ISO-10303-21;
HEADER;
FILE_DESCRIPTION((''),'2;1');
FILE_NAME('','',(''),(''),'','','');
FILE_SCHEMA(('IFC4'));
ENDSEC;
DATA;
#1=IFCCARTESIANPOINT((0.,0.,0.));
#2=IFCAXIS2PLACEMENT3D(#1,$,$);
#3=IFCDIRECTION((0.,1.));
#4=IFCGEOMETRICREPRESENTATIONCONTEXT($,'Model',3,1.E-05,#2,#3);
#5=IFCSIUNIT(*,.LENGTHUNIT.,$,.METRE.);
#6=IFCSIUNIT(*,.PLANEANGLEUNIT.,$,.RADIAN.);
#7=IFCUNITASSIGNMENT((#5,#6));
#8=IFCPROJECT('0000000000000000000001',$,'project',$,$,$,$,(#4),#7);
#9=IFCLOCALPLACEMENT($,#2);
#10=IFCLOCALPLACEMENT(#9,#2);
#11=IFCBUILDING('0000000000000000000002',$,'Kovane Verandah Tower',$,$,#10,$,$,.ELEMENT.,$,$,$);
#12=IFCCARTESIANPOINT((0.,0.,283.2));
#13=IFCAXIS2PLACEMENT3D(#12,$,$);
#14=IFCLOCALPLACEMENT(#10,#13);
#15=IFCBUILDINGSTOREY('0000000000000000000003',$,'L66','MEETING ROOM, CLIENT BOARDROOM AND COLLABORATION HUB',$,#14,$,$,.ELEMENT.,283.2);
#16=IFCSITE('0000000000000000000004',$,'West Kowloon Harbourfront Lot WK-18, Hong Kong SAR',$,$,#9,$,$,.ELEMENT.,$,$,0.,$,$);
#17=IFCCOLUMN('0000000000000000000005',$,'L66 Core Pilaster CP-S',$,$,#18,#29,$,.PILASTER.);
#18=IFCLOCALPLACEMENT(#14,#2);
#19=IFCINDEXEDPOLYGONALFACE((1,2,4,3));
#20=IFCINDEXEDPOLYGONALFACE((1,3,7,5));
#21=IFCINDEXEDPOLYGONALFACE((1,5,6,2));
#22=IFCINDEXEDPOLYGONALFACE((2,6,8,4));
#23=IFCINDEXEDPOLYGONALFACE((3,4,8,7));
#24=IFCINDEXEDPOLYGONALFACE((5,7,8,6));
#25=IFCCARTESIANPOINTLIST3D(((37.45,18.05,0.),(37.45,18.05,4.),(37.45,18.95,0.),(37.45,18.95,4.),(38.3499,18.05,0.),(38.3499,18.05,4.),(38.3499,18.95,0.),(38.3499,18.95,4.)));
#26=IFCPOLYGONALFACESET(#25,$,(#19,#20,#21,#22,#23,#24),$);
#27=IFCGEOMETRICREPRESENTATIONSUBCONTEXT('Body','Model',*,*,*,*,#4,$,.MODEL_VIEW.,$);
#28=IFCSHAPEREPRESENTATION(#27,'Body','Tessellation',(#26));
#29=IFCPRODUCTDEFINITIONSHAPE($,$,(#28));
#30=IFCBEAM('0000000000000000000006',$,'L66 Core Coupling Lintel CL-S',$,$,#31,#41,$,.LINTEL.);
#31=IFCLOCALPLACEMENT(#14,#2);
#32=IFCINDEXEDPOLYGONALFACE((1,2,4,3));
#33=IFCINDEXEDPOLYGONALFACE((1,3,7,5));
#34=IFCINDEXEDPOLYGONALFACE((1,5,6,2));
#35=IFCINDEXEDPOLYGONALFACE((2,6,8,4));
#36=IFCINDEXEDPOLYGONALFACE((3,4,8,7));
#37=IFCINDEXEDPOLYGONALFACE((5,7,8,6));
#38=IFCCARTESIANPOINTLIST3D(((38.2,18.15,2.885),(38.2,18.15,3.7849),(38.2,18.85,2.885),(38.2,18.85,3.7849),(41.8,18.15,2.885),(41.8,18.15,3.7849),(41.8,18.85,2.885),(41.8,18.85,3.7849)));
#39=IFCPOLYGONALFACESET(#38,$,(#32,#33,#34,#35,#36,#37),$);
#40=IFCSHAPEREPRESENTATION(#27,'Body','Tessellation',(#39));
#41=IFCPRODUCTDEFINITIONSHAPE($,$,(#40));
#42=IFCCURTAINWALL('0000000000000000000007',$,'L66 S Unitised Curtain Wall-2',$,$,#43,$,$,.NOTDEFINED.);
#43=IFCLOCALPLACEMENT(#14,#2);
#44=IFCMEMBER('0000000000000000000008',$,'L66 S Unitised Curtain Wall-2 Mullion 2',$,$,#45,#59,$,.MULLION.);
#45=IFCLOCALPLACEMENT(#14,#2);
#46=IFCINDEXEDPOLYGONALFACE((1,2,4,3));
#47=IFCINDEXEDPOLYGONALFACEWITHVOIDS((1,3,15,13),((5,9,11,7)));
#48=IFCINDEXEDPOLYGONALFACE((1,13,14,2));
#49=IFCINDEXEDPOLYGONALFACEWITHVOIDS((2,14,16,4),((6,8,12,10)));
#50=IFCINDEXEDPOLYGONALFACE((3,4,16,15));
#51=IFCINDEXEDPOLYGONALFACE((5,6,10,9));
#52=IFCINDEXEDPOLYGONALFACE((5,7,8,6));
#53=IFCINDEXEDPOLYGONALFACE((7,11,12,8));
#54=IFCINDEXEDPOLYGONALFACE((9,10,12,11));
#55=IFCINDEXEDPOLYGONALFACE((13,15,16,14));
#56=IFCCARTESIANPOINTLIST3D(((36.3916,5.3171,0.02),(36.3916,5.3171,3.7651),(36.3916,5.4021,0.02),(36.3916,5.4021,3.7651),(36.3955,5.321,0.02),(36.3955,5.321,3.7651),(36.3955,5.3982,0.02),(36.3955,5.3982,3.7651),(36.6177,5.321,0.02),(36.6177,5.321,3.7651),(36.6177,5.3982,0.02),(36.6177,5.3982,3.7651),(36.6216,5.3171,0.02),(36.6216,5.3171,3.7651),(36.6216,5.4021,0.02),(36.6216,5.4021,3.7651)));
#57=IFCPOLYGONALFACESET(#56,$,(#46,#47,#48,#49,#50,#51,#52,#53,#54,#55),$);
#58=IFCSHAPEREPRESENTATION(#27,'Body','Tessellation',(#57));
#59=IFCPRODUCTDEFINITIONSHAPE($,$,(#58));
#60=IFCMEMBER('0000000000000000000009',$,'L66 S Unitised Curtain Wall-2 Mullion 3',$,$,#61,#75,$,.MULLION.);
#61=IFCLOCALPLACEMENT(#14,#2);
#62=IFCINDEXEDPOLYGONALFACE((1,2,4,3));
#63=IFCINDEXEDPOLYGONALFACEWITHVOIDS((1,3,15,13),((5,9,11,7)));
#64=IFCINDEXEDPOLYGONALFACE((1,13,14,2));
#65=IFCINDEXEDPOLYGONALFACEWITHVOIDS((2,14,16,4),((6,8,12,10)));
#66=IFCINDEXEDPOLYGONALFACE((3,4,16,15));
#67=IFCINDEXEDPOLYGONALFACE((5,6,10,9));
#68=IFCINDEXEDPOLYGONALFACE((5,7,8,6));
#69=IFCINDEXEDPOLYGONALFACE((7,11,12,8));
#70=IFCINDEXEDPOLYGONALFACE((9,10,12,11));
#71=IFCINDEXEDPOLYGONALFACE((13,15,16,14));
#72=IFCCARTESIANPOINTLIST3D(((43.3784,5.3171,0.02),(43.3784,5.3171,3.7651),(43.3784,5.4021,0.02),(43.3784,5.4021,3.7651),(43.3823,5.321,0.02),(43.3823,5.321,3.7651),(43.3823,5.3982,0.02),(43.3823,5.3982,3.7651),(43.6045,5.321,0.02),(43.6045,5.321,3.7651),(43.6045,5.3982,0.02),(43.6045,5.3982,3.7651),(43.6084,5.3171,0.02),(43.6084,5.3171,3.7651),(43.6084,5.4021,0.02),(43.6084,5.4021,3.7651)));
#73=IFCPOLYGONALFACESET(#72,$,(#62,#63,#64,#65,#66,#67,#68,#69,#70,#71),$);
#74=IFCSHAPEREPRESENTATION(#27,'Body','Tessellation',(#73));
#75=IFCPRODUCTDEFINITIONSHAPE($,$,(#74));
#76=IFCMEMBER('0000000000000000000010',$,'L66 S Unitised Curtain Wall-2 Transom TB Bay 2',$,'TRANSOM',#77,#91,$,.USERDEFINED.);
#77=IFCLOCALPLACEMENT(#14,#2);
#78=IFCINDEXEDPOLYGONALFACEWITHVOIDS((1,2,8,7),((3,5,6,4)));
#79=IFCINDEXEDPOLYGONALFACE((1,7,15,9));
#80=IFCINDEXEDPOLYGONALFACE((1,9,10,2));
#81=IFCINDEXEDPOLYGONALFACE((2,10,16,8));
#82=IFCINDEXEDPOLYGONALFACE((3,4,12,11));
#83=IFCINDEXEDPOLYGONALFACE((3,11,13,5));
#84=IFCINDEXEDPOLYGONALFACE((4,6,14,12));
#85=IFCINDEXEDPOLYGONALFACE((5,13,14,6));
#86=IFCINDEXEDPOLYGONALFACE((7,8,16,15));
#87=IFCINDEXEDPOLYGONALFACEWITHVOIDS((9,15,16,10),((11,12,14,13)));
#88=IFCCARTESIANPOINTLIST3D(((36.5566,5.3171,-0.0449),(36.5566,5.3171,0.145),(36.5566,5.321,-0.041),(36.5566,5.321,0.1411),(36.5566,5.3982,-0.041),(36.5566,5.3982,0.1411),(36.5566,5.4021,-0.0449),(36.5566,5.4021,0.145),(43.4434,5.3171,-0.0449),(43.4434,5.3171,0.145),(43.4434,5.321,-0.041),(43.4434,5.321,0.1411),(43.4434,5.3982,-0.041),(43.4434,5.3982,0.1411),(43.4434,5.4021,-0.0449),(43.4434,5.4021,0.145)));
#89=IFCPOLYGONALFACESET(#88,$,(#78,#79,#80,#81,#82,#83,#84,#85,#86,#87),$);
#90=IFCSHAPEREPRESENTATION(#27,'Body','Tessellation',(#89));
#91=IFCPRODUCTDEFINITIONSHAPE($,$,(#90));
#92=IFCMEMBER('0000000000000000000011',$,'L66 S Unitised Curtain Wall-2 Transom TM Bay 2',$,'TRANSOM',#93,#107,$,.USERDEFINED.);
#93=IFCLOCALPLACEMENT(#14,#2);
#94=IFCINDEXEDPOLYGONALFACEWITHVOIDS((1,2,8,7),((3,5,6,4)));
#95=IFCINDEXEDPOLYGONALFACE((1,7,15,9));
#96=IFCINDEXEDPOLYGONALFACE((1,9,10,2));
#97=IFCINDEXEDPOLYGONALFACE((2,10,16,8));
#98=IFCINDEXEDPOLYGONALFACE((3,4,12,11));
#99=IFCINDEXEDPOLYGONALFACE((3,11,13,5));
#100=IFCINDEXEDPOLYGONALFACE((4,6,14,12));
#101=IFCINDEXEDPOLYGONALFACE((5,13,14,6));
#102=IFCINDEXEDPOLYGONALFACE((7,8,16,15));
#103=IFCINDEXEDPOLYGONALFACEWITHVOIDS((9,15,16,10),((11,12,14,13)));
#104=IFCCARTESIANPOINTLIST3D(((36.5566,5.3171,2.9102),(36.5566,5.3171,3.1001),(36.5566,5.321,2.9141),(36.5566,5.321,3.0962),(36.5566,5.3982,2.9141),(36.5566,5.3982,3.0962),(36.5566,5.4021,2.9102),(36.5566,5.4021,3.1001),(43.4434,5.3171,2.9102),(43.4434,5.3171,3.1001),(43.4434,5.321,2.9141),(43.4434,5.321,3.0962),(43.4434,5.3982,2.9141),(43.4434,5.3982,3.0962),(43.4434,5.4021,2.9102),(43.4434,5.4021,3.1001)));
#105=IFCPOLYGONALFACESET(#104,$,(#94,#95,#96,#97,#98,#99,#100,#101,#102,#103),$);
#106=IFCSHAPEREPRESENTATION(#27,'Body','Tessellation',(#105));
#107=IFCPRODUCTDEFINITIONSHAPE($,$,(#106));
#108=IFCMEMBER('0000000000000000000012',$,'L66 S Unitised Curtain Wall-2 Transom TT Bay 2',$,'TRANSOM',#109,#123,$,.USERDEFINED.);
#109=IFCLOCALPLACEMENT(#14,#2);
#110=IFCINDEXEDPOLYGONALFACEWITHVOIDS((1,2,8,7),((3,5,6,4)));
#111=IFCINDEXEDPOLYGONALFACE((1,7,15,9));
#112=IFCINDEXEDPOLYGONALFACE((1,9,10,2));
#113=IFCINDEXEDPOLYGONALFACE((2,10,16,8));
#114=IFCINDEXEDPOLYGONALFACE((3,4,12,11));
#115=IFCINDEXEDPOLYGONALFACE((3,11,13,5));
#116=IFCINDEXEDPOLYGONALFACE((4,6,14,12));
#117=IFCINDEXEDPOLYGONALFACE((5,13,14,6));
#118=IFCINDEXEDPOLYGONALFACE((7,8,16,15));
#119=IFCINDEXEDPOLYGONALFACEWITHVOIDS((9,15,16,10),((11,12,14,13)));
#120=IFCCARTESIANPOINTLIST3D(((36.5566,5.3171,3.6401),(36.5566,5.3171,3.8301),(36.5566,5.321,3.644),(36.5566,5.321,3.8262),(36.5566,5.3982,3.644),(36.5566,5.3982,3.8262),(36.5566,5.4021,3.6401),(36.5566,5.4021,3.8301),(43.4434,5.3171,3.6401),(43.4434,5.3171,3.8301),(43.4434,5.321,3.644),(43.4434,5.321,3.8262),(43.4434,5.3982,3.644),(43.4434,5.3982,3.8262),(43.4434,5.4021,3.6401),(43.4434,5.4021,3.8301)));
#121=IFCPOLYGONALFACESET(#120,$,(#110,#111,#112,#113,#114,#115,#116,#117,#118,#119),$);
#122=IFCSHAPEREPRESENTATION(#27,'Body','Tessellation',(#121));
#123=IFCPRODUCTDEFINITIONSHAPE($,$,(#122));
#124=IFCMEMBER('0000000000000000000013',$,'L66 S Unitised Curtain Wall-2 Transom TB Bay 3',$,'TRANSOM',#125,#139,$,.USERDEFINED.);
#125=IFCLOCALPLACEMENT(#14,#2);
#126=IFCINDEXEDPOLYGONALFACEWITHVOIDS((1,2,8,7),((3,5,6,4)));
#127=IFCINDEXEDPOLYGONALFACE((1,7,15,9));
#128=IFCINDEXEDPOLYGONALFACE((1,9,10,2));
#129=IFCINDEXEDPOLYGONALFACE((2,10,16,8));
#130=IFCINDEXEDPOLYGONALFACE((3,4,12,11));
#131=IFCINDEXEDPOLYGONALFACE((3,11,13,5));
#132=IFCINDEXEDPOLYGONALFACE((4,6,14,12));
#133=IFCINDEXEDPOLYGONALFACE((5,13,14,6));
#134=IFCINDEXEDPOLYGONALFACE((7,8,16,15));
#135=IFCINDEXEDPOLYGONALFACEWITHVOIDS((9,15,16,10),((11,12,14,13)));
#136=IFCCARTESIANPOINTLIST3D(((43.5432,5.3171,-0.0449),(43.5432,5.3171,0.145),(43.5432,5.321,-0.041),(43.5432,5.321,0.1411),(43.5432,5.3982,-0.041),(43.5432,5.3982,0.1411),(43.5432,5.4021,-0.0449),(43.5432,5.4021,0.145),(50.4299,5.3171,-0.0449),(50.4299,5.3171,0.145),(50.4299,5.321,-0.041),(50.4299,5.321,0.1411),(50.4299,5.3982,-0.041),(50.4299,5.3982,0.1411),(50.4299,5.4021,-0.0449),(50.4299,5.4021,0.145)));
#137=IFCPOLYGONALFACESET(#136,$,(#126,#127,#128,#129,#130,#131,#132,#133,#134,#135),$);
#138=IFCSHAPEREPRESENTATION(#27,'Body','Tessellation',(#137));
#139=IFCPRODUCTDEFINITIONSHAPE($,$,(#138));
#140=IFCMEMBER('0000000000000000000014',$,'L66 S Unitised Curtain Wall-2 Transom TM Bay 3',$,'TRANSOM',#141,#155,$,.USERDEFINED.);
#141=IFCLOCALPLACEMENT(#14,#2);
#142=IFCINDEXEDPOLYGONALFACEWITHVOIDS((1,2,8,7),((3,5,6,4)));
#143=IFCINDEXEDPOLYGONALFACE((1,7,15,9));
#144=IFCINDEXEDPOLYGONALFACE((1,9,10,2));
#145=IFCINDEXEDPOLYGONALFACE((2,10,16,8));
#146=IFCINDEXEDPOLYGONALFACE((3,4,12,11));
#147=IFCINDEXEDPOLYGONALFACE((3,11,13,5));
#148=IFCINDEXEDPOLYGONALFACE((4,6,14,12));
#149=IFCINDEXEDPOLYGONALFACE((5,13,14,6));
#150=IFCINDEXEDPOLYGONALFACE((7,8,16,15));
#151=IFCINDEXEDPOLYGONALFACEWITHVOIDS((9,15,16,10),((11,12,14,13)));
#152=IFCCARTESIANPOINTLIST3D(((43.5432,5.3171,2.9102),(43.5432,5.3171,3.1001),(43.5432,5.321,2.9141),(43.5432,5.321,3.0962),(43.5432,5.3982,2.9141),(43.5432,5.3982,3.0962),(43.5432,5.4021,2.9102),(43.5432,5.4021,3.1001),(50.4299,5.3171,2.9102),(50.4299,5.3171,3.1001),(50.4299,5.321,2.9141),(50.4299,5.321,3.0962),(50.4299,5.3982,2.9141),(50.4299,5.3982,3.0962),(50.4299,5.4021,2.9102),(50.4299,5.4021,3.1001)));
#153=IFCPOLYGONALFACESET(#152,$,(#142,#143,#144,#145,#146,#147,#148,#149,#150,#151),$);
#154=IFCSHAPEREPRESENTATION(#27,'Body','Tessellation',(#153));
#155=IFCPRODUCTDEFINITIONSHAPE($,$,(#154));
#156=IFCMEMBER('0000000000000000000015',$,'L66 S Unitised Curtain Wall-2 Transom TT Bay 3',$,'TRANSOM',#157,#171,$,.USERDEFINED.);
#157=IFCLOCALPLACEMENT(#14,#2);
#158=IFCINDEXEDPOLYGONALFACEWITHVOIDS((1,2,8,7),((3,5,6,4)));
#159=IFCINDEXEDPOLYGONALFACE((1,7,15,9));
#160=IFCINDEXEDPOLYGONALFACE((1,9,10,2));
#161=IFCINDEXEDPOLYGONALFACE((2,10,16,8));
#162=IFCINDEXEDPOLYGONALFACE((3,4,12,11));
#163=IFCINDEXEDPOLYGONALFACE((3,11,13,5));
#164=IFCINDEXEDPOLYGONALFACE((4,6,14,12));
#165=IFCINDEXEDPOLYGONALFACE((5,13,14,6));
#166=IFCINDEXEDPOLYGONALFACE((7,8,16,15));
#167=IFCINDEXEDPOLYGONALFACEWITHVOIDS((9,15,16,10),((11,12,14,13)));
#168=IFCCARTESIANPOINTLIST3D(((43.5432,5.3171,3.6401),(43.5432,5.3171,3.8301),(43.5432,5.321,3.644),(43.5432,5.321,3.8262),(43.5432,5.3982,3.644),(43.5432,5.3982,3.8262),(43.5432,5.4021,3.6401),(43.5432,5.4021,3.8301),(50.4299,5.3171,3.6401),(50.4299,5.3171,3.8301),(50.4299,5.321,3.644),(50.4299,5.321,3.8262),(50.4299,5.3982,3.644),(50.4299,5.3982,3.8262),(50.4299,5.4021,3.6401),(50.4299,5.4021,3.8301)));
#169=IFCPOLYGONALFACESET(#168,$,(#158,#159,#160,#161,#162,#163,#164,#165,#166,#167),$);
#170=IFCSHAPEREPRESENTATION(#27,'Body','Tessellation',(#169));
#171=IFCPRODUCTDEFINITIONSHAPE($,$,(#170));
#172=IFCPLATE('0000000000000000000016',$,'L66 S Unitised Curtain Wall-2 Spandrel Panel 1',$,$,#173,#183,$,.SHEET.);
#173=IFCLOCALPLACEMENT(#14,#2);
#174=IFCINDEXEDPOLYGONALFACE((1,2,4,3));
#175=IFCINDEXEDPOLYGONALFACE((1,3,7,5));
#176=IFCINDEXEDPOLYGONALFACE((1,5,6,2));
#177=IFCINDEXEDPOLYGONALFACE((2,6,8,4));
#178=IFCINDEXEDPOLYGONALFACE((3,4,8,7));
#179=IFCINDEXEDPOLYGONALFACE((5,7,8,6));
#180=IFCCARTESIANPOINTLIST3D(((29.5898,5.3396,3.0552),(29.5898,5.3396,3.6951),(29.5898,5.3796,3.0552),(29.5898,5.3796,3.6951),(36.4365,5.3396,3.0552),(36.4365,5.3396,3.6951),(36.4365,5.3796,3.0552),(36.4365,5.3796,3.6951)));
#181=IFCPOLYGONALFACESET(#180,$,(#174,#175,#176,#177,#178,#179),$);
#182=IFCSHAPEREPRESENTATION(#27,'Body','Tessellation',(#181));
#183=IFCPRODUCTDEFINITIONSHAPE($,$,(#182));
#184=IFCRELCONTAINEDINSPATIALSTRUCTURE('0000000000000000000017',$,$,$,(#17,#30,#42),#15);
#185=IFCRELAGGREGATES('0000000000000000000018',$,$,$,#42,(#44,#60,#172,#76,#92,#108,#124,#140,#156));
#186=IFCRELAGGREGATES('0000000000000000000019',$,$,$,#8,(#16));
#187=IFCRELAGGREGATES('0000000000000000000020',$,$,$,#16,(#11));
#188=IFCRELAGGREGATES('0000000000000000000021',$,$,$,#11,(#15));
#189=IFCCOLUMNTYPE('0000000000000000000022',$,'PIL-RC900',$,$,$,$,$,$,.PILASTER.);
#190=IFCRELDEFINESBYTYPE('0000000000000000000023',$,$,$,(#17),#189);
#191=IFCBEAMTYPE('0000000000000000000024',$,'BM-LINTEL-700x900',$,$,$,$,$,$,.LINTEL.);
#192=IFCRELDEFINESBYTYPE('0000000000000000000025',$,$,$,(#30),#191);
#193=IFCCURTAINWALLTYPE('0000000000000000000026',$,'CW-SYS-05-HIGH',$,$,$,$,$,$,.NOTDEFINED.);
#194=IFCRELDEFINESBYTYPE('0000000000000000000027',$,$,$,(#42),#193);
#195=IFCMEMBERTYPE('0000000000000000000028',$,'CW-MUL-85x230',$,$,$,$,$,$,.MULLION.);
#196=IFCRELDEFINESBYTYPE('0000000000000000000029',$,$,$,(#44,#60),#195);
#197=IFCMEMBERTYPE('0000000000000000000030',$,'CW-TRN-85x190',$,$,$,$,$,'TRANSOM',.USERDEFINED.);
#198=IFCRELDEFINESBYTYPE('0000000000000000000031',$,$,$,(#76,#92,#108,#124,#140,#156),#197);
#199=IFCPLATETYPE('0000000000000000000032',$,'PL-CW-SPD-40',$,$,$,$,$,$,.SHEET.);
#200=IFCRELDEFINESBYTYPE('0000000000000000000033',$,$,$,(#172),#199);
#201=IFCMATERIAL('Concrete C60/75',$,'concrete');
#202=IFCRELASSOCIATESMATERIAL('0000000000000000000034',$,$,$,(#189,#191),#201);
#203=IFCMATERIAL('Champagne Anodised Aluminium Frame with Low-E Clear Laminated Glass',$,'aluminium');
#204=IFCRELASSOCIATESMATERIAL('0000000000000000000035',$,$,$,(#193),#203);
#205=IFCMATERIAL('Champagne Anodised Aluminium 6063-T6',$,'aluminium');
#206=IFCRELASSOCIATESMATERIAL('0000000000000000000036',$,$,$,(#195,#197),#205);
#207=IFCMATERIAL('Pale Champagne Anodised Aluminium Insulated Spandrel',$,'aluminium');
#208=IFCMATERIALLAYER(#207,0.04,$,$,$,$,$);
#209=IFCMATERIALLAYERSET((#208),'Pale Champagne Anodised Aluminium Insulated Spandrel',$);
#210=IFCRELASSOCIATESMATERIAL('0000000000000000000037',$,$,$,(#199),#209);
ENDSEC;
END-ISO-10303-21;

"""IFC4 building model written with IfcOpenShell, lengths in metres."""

from ifc_helpers import new_model, si_unit, direction, frame, origin, origin_2d, place, context, subcontext, project, spatial, rectangle, hollow_rectangle, extrude, material, layer, layer_set, material_profile, profile_set, type_object, element, aggregate, save


model = new_model("IFC4")

# Units and contexts
model_context = context("Model", 3, precision=1e-05, world=origin(), true_north=direction((0.0, 1.0)))
body_context = subcontext(model_context, "Body", "Model", "MODEL_VIEW")
ifc_project = project(units=[si_unit("LENGTHUNIT", "METRE"), si_unit("PLANEANGLEUNIT", "RADIAN")], contexts=[model_context])

# Site, building, storey
site_placement = place(None, origin())
site = spatial("IfcSite", under=ifc_project, at=site_placement, Name="West Kowloon Harbourfront Lot WK-18, Hong Kong SAR", CompositionType="ELEMENT", RefElevation=0.0)
building_placement = place(site_placement, origin())
building = spatial("IfcBuilding", under=site, at=building_placement, Name="Kovane Verandah Tower", CompositionType="ELEMENT")
storey_placement = place(building_placement, frame((0.0, 0.0, 283.2)))
storey = spatial("IfcBuildingStorey", under=building, at=storey_placement, Name="L66", Description="MEETING ROOM, CLIENT BOARDROOM AND COLLABORATION HUB", CompositionType="ELEMENT", Elevation=283.2)

# Column
ifc_material_1 = material(Name="Concrete C60/75", Category="concrete")
ifc_material_profile_1 = material_profile(ifc_material_1, rectangle(XDim=0.8999, YDim=0.8999, at=origin_2d()), Name="RC900x900")
ifc_profile_set_1 = profile_set([ifc_material_profile_1], Name="Concrete C60/75")
column_type = type_object("IfcColumnType", Name="PIL-RC900", PredefinedType="PILASTER", material=ifc_profile_set_1)
column_placement = place(storey_placement, frame((37.8999, 18.5, 0.0), z_axis=(0.0, 0.0, 1.0), x_axis=(1.0, 0.0, 0.0)))
element("IfcColumn", 1, at=column_placement, inside=storey, type_object=column_type, Name="L66 Core Pilaster CP-S", PredefinedType="PILASTER", context=body_context, shape_type="SweptSolid", body=[
    extrude(rectangle(XDim=0.8999, YDim=0.8999, at=origin_2d()), origin(), (0.0, 0.0, 1.0), 4.0),
])

# Beam
ifc_material_profile_2 = material_profile(ifc_material_1, rectangle(XDim=0.7, YDim=0.8999, at=origin_2d()), Name="RCB700x900")
ifc_profile_set_2 = profile_set([ifc_material_profile_2], Name="Concrete C60/75")
beam_type = type_object("IfcBeamType", Name="BM-LINTEL-700x900", PredefinedType="LINTEL", material=ifc_profile_set_2)
beam_placement = place(storey_placement, frame((38.2, 18.5, 3.335), z_axis=(1.0, 0.0, 0.0), x_axis=(0.0, 1.0, 0.0)))
element("IfcBeam", 2, at=beam_placement, inside=storey, type_object=beam_type, Name="L66 Core Coupling Lintel CL-S", PredefinedType="LINTEL", context=body_context, shape_type="SweptSolid", body=[
    extrude(rectangle(XDim=0.7, YDim=0.8999, at=origin_2d()), origin(), (0.0, 0.0, 1.0), 3.6001),
])

# Curtain wall, members, plate
ifc_material_2 = material(Name="Champagne Anodised Aluminium Frame with Low-E Clear Laminated Glass", Category="aluminium")
curtain_wall_type = type_object("IfcCurtainWallType", Name="CW-SYS-05-HIGH", PredefinedType="NOTDEFINED", material=ifc_material_2)
curtain_wall_placement = place(storey_placement, origin())
curtain_wall = element("IfcCurtainWall", 3, at=curtain_wall_placement, inside=storey, type_object=curtain_wall_type, Name="L66 S Unitised Curtain Wall-2", PredefinedType="NOTDEFINED")
ifc_material_3 = material(Name="Champagne Anodised Aluminium 6063-T6", Category="aluminium")
ifc_material_profile_3 = material_profile(ifc_material_3, hollow_rectangle(XDim=0.085, YDim=0.23, WallThickness=0.0039, at=origin_2d()), Name="AL85x230x4")
ifc_profile_set_3 = profile_set([ifc_material_profile_3], Name="Champagne Anodised Aluminium 6063-T6")
member_type_1 = type_object("IfcMemberType", Name="CW-MUL-85x230", PredefinedType="MULLION", material=ifc_profile_set_3)
member_1_placement = place(storey_placement, frame((36.5066, 5.3596, 0.02), z_axis=(0.0, 0.0, 1.0), x_axis=(0.0, -1.0, 0.0)))
member_1 = element("IfcMember", 4, at=member_1_placement, type_object=member_type_1, Name="L66 S Unitised Curtain Wall-2 Mullion 2", PredefinedType="MULLION", context=body_context, shape_type="SweptSolid", body=[
    extrude(hollow_rectangle(XDim=0.085, YDim=0.23, WallThickness=0.0039, at=origin_2d()), origin(), (0.0, 0.0, 1.0), 3.7451),
])
member_2_placement = place(storey_placement, frame((43.4934, 5.3596, 0.02), z_axis=(0.0, 0.0, 1.0), x_axis=(0.0, -1.0, 0.0)))
member_2 = element("IfcMember", 5, at=member_2_placement, type_object=member_type_1, Name="L66 S Unitised Curtain Wall-2 Mullion 3", PredefinedType="MULLION", context=body_context, shape_type="SweptSolid", body=[
    extrude(hollow_rectangle(XDim=0.085, YDim=0.23, WallThickness=0.0039, at=origin_2d()), origin(), (0.0, 0.0, 1.0), 3.7451),
])
ifc_material_profile_4 = material_profile(ifc_material_3, hollow_rectangle(XDim=0.085, YDim=0.1899, WallThickness=0.0039, at=origin_2d()), Name="AL85x190x4")
ifc_profile_set_4 = profile_set([ifc_material_profile_4], Name="Champagne Anodised Aluminium 6063-T6")
member_type_2 = type_object("IfcMemberType", Name="CW-TRN-85x190", ElementType="TRANSOM", PredefinedType="USERDEFINED", material=ifc_profile_set_4)
member_3_placement = place(storey_placement, frame((36.5566, 5.3596, 0.05), z_axis=(1.0, 0.0, 0.0), x_axis=(0.0, 1.0, 0.0)))
member_3 = element("IfcMember", 6, at=member_3_placement, type_object=member_type_2, Name="L66 S Unitised Curtain Wall-2 Transom TB Bay 2", ObjectType="TRANSOM", PredefinedType="USERDEFINED", context=body_context, shape_type="SweptSolid", body=[
    extrude(hollow_rectangle(XDim=0.085, YDim=0.1899, WallThickness=0.0039, at=origin_2d()), origin(), (0.0, 0.0, 1.0), 6.8867),
])
member_4_placement = place(storey_placement, frame((36.5566, 5.3596, 3.0051), z_axis=(1.0, 0.0, 0.0), x_axis=(0.0, 1.0, 0.0)))
member_4 = element("IfcMember", 7, at=member_4_placement, type_object=member_type_2, Name="L66 S Unitised Curtain Wall-2 Transom TM Bay 2", ObjectType="TRANSOM", PredefinedType="USERDEFINED", context=body_context, shape_type="SweptSolid", body=[
    extrude(hollow_rectangle(XDim=0.085, YDim=0.1899, WallThickness=0.0039, at=origin_2d()), origin(), (0.0, 0.0, 1.0), 6.8867),
])
member_5_placement = place(storey_placement, frame((36.5566, 5.3596, 3.7351), z_axis=(1.0, 0.0, 0.0), x_axis=(0.0, 1.0, 0.0)))
member_5 = element("IfcMember", 8, at=member_5_placement, type_object=member_type_2, Name="L66 S Unitised Curtain Wall-2 Transom TT Bay 2", ObjectType="TRANSOM", PredefinedType="USERDEFINED", context=body_context, shape_type="SweptSolid", body=[
    extrude(hollow_rectangle(XDim=0.085, YDim=0.1899, WallThickness=0.0039, at=origin_2d()), origin(), (0.0, 0.0, 1.0), 6.8867),
])
member_6_placement = place(storey_placement, frame((43.5432, 5.3596, 0.05), z_axis=(1.0, 0.0, 0.0), x_axis=(0.0, 1.0, 0.0)))
member_6 = element("IfcMember", 9, at=member_6_placement, type_object=member_type_2, Name="L66 S Unitised Curtain Wall-2 Transom TB Bay 3", ObjectType="TRANSOM", PredefinedType="USERDEFINED", context=body_context, shape_type="SweptSolid", body=[
    extrude(hollow_rectangle(XDim=0.085, YDim=0.1899, WallThickness=0.0039, at=origin_2d()), origin(), (0.0, 0.0, 1.0), 6.8867),
])
member_7_placement = place(storey_placement, frame((43.5432, 5.3596, 3.0051), z_axis=(1.0, 0.0, 0.0), x_axis=(0.0, 1.0, 0.0)))
member_7 = element("IfcMember", 10, at=member_7_placement, type_object=member_type_2, Name="L66 S Unitised Curtain Wall-2 Transom TM Bay 3", ObjectType="TRANSOM", PredefinedType="USERDEFINED", context=body_context, shape_type="SweptSolid", body=[
    extrude(hollow_rectangle(XDim=0.085, YDim=0.1899, WallThickness=0.0039, at=origin_2d()), origin(), (0.0, 0.0, 1.0), 6.8867),
])
member_8_placement = place(storey_placement, frame((43.5432, 5.3596, 3.7351), z_axis=(1.0, 0.0, 0.0), x_axis=(0.0, 1.0, 0.0)))
member_8 = element("IfcMember", 11, at=member_8_placement, type_object=member_type_2, Name="L66 S Unitised Curtain Wall-2 Transom TT Bay 3", ObjectType="TRANSOM", PredefinedType="USERDEFINED", context=body_context, shape_type="SweptSolid", body=[
    extrude(hollow_rectangle(XDim=0.085, YDim=0.1899, WallThickness=0.0039, at=origin_2d()), origin(), (0.0, 0.0, 1.0), 6.8867),
])
ifc_material_4 = material(Name="Pale Champagne Anodised Aluminium Insulated Spandrel", Category="aluminium")
ifc_layer_1 = layer(ifc_material_4, 0.04)
ifc_layer_set_1 = layer_set([ifc_layer_1], Name="Pale Champagne Anodised Aluminium Insulated Spandrel")
plate_type_1 = type_object("IfcPlateType", Name="PL-CW-SPD-40", PredefinedType="SHEET", material=ifc_layer_set_1)
plate_1_placement = place(storey_placement, frame((33.0132, 5.3596, 3.0552), z_axis=(0.0, 0.0, 1.0), x_axis=(1.0, 0.0, 0.0)))
plate_1 = element("IfcPlate", 12, at=plate_1_placement, type_object=plate_type_1, Name="L66 S Unitised Curtain Wall-2 Spandrel Panel 1", PredefinedType="SHEET", context=body_context, shape_type="SweptSolid", body=[
    extrude(rectangle(XDim=6.8467, YDim=0.04, at=origin_2d()), origin(), (0.0, 0.0, 1.0), 0.6399),
])
aggregate(curtain_wall, [member_1, member_2, plate_1, member_3, member_4, member_5, member_6, member_7, member_8])

save(model, "model.ifc")
